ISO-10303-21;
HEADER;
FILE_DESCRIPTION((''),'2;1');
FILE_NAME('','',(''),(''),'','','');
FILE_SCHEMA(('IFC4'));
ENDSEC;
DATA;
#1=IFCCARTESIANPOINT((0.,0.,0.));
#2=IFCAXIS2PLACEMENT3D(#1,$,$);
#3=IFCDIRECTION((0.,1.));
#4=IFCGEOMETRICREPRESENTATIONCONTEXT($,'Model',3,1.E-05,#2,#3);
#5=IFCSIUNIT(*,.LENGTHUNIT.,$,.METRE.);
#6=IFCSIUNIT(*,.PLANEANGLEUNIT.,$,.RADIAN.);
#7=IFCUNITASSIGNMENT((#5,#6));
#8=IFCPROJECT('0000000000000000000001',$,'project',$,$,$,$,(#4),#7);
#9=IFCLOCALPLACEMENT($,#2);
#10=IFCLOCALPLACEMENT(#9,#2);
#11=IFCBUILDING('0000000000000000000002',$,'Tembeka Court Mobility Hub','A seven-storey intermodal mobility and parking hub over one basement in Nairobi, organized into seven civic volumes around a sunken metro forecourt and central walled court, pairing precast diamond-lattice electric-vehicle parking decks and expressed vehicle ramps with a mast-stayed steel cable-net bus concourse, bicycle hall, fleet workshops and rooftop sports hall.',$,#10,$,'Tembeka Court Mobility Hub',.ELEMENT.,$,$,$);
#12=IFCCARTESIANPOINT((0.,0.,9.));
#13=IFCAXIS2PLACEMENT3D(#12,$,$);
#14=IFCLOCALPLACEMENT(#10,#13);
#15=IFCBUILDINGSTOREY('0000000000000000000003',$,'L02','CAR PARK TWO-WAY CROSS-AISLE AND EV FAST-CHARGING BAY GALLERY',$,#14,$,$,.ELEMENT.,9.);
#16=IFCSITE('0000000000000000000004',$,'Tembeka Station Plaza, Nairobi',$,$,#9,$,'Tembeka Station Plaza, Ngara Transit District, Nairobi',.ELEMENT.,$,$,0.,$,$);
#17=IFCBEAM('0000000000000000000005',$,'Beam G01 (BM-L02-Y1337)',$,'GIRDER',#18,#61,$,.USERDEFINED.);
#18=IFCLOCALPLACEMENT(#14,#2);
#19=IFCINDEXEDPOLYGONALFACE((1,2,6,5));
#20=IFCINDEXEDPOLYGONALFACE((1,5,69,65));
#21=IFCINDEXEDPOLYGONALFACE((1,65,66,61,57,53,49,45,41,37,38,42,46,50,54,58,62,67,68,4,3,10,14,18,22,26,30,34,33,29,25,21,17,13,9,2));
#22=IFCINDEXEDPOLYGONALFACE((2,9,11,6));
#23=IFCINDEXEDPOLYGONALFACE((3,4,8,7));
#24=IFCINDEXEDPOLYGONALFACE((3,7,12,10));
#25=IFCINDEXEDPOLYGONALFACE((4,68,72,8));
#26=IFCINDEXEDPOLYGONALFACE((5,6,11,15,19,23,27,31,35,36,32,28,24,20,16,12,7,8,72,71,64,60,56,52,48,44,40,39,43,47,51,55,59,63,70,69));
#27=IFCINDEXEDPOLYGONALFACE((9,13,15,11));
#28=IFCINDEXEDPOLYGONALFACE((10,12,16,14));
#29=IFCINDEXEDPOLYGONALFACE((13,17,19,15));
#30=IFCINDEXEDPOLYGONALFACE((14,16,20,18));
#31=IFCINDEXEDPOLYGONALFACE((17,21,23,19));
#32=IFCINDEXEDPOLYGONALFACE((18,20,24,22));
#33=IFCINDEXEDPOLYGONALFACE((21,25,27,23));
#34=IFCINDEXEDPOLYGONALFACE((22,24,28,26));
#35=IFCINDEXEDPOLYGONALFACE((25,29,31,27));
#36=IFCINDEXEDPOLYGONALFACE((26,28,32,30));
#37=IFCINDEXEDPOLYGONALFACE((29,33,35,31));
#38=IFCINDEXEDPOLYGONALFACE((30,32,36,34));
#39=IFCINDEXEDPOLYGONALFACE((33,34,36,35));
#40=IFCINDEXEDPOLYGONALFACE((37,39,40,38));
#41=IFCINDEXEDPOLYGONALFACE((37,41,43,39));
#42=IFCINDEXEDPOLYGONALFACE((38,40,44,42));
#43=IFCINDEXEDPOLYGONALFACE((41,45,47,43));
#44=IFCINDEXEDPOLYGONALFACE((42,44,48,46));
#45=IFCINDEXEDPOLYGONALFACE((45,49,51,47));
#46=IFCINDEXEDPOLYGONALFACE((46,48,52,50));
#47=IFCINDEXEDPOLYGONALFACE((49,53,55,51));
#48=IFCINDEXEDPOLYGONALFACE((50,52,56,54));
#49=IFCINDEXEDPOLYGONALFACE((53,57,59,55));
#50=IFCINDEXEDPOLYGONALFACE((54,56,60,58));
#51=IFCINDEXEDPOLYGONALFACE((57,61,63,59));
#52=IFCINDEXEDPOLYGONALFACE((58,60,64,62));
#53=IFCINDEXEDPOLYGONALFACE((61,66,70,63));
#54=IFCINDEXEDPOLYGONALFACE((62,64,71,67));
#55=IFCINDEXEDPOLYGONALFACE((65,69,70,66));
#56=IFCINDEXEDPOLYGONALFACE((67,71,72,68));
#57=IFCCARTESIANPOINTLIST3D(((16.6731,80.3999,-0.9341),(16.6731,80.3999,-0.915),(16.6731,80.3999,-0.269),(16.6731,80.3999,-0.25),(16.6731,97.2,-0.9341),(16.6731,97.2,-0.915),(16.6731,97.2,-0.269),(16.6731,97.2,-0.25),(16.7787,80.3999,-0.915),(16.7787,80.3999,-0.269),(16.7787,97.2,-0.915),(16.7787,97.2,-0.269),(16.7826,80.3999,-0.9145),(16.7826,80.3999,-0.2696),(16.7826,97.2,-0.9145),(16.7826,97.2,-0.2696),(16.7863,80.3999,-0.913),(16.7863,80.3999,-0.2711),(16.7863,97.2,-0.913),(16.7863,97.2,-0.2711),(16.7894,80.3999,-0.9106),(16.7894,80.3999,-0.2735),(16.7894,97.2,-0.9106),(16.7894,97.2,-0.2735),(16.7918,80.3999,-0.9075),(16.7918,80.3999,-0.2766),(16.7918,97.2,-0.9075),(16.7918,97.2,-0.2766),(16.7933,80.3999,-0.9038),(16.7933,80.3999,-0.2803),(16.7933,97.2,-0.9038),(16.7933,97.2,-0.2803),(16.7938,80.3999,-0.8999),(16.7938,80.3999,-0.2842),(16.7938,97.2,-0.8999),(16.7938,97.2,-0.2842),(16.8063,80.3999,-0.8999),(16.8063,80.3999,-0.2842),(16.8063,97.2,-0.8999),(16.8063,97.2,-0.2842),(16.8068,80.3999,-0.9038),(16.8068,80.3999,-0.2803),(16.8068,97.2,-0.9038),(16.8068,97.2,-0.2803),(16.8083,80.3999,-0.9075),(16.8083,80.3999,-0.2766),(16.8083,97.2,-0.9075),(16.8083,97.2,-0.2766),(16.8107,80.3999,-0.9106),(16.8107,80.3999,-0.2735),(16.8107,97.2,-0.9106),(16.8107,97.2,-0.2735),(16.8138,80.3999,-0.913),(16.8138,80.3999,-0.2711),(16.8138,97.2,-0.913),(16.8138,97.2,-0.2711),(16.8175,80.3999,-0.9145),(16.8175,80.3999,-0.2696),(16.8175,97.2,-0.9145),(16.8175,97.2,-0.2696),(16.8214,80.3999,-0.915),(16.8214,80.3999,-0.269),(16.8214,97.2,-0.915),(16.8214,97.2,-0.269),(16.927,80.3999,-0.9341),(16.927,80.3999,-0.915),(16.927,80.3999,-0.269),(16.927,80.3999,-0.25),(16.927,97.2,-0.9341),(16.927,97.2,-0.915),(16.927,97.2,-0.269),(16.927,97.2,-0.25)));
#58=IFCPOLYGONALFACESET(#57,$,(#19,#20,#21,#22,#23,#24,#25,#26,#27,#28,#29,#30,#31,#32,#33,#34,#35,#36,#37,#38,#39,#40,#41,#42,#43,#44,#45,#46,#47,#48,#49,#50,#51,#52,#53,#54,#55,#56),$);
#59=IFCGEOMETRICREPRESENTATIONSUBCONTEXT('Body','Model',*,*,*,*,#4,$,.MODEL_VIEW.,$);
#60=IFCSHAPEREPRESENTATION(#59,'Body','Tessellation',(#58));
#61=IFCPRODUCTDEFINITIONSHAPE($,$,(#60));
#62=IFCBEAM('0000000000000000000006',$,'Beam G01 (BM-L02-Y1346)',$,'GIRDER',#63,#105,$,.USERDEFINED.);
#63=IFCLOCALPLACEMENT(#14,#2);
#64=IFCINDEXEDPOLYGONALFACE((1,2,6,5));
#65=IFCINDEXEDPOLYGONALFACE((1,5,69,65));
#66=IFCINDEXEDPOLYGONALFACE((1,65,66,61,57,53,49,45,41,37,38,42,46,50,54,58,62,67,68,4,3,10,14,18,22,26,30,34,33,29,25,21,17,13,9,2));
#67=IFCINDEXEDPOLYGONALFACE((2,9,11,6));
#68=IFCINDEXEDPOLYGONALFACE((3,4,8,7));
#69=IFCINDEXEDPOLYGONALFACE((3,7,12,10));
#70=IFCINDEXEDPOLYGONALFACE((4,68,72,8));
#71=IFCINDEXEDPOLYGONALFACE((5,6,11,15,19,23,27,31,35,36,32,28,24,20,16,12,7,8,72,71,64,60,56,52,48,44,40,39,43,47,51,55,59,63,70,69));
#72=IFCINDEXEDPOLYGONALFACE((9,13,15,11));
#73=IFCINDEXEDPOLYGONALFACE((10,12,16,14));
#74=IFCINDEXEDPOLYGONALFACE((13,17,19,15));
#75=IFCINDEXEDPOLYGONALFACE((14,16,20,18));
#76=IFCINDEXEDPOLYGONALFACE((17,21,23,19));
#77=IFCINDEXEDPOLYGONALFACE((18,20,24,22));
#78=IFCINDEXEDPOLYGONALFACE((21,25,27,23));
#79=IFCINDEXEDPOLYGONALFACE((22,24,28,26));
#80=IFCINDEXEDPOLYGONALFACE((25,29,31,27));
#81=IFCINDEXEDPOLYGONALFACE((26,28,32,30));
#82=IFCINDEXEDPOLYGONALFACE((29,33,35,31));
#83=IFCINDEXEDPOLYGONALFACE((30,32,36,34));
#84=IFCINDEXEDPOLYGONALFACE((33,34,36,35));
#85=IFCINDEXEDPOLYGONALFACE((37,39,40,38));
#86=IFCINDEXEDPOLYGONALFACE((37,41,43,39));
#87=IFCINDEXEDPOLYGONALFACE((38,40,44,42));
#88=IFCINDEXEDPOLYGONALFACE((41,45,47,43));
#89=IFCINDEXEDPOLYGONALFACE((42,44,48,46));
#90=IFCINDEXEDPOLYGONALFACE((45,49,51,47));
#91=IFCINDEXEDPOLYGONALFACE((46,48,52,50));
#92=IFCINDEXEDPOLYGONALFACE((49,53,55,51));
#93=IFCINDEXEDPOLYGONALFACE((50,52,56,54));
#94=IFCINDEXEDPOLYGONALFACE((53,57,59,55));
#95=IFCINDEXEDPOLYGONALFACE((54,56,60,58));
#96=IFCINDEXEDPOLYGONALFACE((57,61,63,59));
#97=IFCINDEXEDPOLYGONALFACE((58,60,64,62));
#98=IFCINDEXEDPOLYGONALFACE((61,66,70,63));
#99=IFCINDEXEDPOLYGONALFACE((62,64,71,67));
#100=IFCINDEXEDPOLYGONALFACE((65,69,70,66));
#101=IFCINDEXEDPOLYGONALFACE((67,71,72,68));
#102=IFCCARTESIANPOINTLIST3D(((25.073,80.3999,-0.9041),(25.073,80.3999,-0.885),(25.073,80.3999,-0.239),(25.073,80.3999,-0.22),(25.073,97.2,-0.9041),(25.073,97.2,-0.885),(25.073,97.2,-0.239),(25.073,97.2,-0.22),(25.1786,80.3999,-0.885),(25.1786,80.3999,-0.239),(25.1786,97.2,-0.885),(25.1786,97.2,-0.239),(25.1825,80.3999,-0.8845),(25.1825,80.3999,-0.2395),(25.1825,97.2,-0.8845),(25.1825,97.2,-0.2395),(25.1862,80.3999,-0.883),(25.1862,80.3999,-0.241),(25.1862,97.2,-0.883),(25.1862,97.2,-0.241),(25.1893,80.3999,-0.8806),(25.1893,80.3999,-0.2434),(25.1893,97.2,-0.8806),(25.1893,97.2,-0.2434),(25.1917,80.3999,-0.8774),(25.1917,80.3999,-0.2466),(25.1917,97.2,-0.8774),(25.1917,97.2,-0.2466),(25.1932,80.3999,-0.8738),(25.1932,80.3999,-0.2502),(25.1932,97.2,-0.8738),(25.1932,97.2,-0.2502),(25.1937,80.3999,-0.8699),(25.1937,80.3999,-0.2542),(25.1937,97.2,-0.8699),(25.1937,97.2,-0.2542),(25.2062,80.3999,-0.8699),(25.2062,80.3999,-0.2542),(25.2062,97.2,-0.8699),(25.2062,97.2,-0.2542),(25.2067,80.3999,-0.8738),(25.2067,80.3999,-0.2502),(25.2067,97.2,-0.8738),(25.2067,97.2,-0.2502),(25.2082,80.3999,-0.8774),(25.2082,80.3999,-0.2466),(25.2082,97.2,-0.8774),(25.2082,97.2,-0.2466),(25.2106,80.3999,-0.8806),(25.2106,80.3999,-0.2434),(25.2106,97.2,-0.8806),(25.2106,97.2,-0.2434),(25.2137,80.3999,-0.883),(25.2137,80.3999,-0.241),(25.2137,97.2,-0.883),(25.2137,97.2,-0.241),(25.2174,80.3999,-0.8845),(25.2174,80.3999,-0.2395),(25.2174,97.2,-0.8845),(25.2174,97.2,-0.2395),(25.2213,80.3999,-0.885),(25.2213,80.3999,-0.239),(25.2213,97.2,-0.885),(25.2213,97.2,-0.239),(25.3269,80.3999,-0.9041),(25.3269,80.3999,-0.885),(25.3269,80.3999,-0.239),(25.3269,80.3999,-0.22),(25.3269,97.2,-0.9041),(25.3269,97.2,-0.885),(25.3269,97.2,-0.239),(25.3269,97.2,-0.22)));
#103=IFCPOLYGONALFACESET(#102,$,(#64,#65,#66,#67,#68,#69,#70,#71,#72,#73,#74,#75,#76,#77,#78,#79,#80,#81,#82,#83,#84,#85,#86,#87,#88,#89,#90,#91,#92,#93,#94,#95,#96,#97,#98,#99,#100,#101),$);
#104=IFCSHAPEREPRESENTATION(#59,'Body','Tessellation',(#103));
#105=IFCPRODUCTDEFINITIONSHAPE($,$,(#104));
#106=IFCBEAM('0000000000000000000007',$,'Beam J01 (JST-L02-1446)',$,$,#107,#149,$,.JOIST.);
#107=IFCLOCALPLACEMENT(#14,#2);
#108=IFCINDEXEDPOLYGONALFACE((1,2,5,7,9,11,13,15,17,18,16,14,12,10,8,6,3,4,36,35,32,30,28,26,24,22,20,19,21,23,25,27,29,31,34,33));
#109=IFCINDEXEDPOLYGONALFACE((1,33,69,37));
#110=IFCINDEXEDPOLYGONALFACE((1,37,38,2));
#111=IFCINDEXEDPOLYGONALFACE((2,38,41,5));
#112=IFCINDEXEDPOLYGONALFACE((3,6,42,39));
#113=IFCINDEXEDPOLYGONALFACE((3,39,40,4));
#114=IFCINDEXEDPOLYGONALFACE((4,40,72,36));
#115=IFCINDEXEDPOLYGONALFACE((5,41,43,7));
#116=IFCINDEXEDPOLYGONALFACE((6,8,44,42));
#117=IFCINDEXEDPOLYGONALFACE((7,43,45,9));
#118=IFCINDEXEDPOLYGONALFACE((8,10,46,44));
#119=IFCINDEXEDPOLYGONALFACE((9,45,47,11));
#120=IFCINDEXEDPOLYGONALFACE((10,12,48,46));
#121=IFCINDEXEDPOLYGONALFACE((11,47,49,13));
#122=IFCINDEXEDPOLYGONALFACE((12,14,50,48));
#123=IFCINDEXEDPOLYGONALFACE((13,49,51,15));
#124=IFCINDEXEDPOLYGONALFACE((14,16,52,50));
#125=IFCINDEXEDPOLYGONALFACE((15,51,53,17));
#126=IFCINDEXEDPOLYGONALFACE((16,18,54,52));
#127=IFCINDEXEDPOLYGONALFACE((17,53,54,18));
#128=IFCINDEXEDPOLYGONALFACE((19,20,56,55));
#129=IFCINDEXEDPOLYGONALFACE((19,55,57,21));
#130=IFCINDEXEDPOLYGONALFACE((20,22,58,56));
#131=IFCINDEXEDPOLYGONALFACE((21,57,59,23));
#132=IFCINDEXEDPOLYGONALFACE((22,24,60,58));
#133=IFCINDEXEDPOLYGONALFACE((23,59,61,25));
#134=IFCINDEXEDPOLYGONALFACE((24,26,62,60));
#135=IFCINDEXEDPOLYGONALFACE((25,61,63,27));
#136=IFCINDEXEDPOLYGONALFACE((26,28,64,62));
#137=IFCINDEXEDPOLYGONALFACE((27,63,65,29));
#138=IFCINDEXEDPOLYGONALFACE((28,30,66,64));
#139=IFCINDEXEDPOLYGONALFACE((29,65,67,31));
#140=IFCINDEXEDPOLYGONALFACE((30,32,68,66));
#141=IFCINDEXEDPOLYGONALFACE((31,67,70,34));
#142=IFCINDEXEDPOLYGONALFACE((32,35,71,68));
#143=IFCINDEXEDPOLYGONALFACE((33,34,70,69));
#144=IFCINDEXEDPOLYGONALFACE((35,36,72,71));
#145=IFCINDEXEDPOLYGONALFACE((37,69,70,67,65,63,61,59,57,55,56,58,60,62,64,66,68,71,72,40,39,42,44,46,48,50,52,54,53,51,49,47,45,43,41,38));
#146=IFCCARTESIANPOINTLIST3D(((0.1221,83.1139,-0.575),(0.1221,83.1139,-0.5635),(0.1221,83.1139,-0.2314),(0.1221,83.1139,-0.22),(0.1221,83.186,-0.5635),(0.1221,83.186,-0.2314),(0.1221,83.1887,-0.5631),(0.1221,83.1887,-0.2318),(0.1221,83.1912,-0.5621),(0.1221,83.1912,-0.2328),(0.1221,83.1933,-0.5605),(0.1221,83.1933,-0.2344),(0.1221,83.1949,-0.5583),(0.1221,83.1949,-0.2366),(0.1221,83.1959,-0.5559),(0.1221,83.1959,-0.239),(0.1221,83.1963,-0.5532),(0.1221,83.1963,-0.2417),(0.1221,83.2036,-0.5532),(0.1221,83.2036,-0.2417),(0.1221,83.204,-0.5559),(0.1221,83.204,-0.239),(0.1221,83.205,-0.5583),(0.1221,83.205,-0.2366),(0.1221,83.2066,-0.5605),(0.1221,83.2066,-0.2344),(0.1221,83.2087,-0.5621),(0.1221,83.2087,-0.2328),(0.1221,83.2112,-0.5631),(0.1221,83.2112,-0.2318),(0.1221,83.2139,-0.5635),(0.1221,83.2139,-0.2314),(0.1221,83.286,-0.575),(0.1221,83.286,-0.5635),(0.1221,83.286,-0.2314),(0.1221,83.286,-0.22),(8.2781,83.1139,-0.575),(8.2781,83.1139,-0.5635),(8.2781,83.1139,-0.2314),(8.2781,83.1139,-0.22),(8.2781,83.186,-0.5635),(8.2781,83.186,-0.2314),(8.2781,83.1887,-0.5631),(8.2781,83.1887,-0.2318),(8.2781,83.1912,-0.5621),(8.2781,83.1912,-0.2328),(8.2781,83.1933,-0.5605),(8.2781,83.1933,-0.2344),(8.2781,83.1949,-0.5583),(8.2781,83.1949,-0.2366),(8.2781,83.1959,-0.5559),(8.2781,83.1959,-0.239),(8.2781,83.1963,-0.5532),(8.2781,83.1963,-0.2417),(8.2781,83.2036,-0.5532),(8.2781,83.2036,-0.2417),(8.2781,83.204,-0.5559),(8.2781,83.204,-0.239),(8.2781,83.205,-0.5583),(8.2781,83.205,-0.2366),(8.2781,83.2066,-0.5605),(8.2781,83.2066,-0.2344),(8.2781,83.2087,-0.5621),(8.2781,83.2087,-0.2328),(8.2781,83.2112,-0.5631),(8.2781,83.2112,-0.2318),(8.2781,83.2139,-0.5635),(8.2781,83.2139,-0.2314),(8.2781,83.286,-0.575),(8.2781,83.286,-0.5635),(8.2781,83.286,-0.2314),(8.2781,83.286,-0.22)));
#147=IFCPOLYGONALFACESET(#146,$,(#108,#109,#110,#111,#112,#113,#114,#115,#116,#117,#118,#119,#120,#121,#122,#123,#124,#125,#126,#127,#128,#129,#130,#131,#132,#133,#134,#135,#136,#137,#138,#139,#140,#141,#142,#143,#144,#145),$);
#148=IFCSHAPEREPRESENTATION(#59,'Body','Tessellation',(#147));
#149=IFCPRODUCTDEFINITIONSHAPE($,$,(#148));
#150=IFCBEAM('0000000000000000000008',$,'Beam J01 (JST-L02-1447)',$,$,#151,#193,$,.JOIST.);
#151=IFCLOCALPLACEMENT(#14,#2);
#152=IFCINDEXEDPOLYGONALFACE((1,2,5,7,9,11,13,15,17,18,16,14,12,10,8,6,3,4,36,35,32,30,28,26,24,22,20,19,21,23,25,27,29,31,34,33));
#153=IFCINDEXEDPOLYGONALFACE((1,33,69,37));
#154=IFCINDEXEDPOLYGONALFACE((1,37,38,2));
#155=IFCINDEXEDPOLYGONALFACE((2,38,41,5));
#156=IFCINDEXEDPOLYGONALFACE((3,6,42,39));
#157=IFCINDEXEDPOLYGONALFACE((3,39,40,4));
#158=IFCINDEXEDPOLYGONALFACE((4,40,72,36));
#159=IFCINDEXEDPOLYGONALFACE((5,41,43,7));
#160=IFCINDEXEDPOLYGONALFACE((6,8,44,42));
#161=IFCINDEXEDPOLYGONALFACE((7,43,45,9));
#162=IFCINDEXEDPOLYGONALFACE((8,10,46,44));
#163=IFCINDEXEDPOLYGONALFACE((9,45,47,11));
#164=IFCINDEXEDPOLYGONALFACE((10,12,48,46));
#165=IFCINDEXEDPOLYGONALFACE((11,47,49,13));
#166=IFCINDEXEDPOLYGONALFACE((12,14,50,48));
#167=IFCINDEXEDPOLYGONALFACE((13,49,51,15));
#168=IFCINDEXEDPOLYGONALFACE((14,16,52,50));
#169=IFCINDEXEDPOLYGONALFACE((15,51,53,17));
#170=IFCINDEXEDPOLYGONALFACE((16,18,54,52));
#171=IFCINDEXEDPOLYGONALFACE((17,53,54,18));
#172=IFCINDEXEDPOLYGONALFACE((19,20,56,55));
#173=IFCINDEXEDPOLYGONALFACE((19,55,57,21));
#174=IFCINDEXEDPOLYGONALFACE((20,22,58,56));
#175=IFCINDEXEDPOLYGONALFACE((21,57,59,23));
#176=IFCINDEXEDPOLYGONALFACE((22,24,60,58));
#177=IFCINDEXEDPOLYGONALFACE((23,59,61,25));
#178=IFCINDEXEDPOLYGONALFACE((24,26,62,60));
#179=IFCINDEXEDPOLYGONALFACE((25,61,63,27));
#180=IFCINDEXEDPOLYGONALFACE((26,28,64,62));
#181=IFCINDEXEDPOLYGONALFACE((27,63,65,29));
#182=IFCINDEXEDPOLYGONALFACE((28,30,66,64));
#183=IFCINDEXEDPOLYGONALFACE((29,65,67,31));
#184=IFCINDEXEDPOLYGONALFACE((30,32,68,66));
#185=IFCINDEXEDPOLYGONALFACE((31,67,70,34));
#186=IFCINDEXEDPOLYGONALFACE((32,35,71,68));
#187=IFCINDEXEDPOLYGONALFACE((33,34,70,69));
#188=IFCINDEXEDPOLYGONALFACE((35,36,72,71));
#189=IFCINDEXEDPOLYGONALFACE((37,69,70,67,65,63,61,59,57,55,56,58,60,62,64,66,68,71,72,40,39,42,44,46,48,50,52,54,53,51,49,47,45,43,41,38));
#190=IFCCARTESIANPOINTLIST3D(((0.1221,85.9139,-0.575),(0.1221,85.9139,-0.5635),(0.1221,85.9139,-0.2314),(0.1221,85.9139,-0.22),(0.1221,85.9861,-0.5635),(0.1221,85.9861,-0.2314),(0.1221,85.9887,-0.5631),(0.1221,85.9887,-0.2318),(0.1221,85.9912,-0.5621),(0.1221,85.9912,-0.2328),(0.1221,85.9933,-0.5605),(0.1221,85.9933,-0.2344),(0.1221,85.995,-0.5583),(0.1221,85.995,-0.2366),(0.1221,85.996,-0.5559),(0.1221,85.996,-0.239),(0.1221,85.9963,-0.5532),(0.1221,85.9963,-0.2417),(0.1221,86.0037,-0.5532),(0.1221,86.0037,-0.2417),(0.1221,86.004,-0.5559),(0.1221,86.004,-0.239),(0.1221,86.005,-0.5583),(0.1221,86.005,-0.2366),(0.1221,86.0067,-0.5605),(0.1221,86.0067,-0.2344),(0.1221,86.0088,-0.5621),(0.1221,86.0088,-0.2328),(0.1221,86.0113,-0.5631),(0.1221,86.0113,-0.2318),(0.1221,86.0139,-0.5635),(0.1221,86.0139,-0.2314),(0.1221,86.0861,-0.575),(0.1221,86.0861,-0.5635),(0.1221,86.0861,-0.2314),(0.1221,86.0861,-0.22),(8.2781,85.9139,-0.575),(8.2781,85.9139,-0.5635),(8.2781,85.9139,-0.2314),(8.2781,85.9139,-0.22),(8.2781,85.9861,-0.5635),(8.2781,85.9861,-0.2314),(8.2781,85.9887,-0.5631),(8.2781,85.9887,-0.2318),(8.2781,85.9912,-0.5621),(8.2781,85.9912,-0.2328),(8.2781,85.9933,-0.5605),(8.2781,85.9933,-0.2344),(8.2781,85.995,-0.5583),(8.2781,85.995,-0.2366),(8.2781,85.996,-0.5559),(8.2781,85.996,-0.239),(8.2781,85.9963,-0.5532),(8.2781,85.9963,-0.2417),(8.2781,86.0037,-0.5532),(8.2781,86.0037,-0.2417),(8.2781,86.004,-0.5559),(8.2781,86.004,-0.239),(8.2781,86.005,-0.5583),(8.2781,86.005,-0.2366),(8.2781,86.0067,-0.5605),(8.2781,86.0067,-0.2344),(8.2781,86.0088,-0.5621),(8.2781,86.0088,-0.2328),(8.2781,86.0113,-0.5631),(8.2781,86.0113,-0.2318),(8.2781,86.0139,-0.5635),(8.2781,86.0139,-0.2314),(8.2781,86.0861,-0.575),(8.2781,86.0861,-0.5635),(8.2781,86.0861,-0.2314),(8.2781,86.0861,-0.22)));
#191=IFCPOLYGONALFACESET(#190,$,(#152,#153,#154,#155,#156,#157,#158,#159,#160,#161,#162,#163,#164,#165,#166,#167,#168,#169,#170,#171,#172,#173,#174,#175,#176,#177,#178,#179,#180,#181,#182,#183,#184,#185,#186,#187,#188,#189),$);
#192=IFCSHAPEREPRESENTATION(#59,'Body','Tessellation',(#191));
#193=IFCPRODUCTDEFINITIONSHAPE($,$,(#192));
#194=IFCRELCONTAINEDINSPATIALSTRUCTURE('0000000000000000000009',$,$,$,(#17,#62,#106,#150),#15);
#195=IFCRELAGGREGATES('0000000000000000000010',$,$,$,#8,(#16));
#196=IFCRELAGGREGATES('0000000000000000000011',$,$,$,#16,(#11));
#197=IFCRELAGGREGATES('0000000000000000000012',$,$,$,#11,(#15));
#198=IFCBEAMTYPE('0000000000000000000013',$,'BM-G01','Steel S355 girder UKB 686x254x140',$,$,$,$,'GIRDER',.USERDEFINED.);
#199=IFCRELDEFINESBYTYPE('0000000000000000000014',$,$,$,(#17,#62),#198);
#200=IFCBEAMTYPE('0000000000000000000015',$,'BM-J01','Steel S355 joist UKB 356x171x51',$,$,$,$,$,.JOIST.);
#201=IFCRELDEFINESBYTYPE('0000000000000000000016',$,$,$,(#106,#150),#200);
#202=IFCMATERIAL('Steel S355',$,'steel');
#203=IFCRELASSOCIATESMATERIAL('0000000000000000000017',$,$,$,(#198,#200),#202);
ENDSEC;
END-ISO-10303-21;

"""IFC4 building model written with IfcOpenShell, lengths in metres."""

from ifc_helpers import new_model, si_unit, direction, frame, origin, origin_2d, place, context, subcontext, project, spatial, i_section, extrude, material, material_profile, profile_set, type_object, element, save


model = new_model("IFC4")

# Units and contexts
model_context = context("Model", 3, precision=1e-05, world=origin(), true_north=direction((0.0, 1.0)))
body_context = subcontext(model_context, "Body", "Model", "MODEL_VIEW")
ifc_project = project(units=[si_unit("LENGTHUNIT", "METRE"), si_unit("PLANEANGLEUNIT", "RADIAN")], contexts=[model_context])

# Site, building, storey
site_placement = place(None, origin())
site = spatial("IfcSite", under=ifc_project, at=site_placement, Name="Tembeka Station Plaza, Nairobi", LongName="Tembeka Station Plaza, Ngara Transit District, Nairobi", CompositionType="ELEMENT", RefElevation=0.0)
building_placement = place(site_placement, origin())
building = spatial("IfcBuilding", under=site, at=building_placement, Name="Tembeka Court Mobility Hub", Description="A seven-storey intermodal mobility and parking hub over one basement in Nairobi, organized into seven civic volumes around a sunken metro forecourt and central walled court, pairing precast diamond-lattice electric-vehicle parking decks and expressed vehicle ramps with a mast-stayed steel cable-net bus concourse, bicycle hall, fleet workshops and rooftop sports hall.", LongName="Tembeka Court Mobility Hub", CompositionType="ELEMENT")
storey_placement = place(building_placement, frame((0.0, 0.0, 9.0)))
storey = spatial("IfcBuildingStorey", under=building, at=storey_placement, Name="L02", Description="CAR PARK TWO-WAY CROSS-AISLE AND EV FAST-CHARGING BAY GALLERY", CompositionType="ELEMENT", Elevation=9.0)

# Shared definitions
ifc_material_1 = material(Name="Steel S355", Category="steel")

# Beams
ifc_material_profile_1 = material_profile(ifc_material_1, i_section(OverallWidth=0.2539, OverallDepth=0.6841, WebThickness=0.0125, FlangeThickness=0.019, FilletRadius=0.0151, at=origin_2d()), Name="UKB 686x254x140")
ifc_profile_set_1 = profile_set([ifc_material_profile_1], Name="Steel S355")
beam_type_1 = type_object("IfcBeamType", Name="BM-G01", Description="Steel S355 girder UKB 686x254x140", ElementType="GIRDER", PredefinedType="USERDEFINED", material=ifc_profile_set_1)
for number, where, z_axis, x_axis, name in (
    (1, (16.8, 80.3999, -0.592), (0.0, 1.0, 0.0), (-1.0, 0.0, 0.0), "Beam G01 (BM-L02-Y1337)"),
    (2, (25.2, 80.3999, -0.562), (0.0, 1.0, 0.0), (-1.0, 0.0, 0.0), "Beam G01 (BM-L02-Y1346)"),
):
    element("IfcBeam", number, at=place(storey_placement, frame(where, z_axis=z_axis, x_axis=x_axis)), inside=storey, type_object=beam_type_1, Name=name, ObjectType="GIRDER", PredefinedType="USERDEFINED", context=body_context, shape_type="SweptSolid", body=[
        extrude(i_section(OverallWidth=0.2539, OverallDepth=0.6841, WebThickness=0.0125, FlangeThickness=0.019, FilletRadius=0.0151, at=origin_2d()), origin(), (0.0, 0.0, 1.0), 16.8),
    ])
ifc_material_profile_2 = material_profile(ifc_material_1, i_section(OverallWidth=0.1721, OverallDepth=0.355, WebThickness=0.0073, FlangeThickness=0.0115, FilletRadius=0.0103, at=origin_2d()), Name="UKB 356x171x51")
ifc_profile_set_2 = profile_set([ifc_material_profile_2], Name="Steel S355")
beam_type_2 = type_object("IfcBeamType", Name="BM-J01", Description="Steel S355 joist UKB 356x171x51", PredefinedType="JOIST", material=ifc_profile_set_2)
for number, where, z_axis, x_axis, name in (
    (3, (0.1221, 83.2, -0.3975), (1.0, 0.0, 0.0), (0.0, 1.0, 0.0), "Beam J01 (JST-L02-1446)"),
    (4, (0.1221, 86.0, -0.3975), (1.0, 0.0, 0.0), (0.0, 1.0, 0.0), "Beam J01 (JST-L02-1447)"),
):
    element("IfcBeam", number, at=place(storey_placement, frame(where, z_axis=z_axis, x_axis=x_axis)), inside=storey, type_object=beam_type_2, Name=name, PredefinedType="JOIST", context=body_context, shape_type="SweptSolid", body=[
        extrude(i_section(OverallWidth=0.1721, OverallDepth=0.355, WebThickness=0.0073, FlangeThickness=0.0115, FilletRadius=0.0103, at=origin_2d()), origin(), (0.0, 0.0, 1.0), 8.156),
    ])

save(model, "model.ifc")
